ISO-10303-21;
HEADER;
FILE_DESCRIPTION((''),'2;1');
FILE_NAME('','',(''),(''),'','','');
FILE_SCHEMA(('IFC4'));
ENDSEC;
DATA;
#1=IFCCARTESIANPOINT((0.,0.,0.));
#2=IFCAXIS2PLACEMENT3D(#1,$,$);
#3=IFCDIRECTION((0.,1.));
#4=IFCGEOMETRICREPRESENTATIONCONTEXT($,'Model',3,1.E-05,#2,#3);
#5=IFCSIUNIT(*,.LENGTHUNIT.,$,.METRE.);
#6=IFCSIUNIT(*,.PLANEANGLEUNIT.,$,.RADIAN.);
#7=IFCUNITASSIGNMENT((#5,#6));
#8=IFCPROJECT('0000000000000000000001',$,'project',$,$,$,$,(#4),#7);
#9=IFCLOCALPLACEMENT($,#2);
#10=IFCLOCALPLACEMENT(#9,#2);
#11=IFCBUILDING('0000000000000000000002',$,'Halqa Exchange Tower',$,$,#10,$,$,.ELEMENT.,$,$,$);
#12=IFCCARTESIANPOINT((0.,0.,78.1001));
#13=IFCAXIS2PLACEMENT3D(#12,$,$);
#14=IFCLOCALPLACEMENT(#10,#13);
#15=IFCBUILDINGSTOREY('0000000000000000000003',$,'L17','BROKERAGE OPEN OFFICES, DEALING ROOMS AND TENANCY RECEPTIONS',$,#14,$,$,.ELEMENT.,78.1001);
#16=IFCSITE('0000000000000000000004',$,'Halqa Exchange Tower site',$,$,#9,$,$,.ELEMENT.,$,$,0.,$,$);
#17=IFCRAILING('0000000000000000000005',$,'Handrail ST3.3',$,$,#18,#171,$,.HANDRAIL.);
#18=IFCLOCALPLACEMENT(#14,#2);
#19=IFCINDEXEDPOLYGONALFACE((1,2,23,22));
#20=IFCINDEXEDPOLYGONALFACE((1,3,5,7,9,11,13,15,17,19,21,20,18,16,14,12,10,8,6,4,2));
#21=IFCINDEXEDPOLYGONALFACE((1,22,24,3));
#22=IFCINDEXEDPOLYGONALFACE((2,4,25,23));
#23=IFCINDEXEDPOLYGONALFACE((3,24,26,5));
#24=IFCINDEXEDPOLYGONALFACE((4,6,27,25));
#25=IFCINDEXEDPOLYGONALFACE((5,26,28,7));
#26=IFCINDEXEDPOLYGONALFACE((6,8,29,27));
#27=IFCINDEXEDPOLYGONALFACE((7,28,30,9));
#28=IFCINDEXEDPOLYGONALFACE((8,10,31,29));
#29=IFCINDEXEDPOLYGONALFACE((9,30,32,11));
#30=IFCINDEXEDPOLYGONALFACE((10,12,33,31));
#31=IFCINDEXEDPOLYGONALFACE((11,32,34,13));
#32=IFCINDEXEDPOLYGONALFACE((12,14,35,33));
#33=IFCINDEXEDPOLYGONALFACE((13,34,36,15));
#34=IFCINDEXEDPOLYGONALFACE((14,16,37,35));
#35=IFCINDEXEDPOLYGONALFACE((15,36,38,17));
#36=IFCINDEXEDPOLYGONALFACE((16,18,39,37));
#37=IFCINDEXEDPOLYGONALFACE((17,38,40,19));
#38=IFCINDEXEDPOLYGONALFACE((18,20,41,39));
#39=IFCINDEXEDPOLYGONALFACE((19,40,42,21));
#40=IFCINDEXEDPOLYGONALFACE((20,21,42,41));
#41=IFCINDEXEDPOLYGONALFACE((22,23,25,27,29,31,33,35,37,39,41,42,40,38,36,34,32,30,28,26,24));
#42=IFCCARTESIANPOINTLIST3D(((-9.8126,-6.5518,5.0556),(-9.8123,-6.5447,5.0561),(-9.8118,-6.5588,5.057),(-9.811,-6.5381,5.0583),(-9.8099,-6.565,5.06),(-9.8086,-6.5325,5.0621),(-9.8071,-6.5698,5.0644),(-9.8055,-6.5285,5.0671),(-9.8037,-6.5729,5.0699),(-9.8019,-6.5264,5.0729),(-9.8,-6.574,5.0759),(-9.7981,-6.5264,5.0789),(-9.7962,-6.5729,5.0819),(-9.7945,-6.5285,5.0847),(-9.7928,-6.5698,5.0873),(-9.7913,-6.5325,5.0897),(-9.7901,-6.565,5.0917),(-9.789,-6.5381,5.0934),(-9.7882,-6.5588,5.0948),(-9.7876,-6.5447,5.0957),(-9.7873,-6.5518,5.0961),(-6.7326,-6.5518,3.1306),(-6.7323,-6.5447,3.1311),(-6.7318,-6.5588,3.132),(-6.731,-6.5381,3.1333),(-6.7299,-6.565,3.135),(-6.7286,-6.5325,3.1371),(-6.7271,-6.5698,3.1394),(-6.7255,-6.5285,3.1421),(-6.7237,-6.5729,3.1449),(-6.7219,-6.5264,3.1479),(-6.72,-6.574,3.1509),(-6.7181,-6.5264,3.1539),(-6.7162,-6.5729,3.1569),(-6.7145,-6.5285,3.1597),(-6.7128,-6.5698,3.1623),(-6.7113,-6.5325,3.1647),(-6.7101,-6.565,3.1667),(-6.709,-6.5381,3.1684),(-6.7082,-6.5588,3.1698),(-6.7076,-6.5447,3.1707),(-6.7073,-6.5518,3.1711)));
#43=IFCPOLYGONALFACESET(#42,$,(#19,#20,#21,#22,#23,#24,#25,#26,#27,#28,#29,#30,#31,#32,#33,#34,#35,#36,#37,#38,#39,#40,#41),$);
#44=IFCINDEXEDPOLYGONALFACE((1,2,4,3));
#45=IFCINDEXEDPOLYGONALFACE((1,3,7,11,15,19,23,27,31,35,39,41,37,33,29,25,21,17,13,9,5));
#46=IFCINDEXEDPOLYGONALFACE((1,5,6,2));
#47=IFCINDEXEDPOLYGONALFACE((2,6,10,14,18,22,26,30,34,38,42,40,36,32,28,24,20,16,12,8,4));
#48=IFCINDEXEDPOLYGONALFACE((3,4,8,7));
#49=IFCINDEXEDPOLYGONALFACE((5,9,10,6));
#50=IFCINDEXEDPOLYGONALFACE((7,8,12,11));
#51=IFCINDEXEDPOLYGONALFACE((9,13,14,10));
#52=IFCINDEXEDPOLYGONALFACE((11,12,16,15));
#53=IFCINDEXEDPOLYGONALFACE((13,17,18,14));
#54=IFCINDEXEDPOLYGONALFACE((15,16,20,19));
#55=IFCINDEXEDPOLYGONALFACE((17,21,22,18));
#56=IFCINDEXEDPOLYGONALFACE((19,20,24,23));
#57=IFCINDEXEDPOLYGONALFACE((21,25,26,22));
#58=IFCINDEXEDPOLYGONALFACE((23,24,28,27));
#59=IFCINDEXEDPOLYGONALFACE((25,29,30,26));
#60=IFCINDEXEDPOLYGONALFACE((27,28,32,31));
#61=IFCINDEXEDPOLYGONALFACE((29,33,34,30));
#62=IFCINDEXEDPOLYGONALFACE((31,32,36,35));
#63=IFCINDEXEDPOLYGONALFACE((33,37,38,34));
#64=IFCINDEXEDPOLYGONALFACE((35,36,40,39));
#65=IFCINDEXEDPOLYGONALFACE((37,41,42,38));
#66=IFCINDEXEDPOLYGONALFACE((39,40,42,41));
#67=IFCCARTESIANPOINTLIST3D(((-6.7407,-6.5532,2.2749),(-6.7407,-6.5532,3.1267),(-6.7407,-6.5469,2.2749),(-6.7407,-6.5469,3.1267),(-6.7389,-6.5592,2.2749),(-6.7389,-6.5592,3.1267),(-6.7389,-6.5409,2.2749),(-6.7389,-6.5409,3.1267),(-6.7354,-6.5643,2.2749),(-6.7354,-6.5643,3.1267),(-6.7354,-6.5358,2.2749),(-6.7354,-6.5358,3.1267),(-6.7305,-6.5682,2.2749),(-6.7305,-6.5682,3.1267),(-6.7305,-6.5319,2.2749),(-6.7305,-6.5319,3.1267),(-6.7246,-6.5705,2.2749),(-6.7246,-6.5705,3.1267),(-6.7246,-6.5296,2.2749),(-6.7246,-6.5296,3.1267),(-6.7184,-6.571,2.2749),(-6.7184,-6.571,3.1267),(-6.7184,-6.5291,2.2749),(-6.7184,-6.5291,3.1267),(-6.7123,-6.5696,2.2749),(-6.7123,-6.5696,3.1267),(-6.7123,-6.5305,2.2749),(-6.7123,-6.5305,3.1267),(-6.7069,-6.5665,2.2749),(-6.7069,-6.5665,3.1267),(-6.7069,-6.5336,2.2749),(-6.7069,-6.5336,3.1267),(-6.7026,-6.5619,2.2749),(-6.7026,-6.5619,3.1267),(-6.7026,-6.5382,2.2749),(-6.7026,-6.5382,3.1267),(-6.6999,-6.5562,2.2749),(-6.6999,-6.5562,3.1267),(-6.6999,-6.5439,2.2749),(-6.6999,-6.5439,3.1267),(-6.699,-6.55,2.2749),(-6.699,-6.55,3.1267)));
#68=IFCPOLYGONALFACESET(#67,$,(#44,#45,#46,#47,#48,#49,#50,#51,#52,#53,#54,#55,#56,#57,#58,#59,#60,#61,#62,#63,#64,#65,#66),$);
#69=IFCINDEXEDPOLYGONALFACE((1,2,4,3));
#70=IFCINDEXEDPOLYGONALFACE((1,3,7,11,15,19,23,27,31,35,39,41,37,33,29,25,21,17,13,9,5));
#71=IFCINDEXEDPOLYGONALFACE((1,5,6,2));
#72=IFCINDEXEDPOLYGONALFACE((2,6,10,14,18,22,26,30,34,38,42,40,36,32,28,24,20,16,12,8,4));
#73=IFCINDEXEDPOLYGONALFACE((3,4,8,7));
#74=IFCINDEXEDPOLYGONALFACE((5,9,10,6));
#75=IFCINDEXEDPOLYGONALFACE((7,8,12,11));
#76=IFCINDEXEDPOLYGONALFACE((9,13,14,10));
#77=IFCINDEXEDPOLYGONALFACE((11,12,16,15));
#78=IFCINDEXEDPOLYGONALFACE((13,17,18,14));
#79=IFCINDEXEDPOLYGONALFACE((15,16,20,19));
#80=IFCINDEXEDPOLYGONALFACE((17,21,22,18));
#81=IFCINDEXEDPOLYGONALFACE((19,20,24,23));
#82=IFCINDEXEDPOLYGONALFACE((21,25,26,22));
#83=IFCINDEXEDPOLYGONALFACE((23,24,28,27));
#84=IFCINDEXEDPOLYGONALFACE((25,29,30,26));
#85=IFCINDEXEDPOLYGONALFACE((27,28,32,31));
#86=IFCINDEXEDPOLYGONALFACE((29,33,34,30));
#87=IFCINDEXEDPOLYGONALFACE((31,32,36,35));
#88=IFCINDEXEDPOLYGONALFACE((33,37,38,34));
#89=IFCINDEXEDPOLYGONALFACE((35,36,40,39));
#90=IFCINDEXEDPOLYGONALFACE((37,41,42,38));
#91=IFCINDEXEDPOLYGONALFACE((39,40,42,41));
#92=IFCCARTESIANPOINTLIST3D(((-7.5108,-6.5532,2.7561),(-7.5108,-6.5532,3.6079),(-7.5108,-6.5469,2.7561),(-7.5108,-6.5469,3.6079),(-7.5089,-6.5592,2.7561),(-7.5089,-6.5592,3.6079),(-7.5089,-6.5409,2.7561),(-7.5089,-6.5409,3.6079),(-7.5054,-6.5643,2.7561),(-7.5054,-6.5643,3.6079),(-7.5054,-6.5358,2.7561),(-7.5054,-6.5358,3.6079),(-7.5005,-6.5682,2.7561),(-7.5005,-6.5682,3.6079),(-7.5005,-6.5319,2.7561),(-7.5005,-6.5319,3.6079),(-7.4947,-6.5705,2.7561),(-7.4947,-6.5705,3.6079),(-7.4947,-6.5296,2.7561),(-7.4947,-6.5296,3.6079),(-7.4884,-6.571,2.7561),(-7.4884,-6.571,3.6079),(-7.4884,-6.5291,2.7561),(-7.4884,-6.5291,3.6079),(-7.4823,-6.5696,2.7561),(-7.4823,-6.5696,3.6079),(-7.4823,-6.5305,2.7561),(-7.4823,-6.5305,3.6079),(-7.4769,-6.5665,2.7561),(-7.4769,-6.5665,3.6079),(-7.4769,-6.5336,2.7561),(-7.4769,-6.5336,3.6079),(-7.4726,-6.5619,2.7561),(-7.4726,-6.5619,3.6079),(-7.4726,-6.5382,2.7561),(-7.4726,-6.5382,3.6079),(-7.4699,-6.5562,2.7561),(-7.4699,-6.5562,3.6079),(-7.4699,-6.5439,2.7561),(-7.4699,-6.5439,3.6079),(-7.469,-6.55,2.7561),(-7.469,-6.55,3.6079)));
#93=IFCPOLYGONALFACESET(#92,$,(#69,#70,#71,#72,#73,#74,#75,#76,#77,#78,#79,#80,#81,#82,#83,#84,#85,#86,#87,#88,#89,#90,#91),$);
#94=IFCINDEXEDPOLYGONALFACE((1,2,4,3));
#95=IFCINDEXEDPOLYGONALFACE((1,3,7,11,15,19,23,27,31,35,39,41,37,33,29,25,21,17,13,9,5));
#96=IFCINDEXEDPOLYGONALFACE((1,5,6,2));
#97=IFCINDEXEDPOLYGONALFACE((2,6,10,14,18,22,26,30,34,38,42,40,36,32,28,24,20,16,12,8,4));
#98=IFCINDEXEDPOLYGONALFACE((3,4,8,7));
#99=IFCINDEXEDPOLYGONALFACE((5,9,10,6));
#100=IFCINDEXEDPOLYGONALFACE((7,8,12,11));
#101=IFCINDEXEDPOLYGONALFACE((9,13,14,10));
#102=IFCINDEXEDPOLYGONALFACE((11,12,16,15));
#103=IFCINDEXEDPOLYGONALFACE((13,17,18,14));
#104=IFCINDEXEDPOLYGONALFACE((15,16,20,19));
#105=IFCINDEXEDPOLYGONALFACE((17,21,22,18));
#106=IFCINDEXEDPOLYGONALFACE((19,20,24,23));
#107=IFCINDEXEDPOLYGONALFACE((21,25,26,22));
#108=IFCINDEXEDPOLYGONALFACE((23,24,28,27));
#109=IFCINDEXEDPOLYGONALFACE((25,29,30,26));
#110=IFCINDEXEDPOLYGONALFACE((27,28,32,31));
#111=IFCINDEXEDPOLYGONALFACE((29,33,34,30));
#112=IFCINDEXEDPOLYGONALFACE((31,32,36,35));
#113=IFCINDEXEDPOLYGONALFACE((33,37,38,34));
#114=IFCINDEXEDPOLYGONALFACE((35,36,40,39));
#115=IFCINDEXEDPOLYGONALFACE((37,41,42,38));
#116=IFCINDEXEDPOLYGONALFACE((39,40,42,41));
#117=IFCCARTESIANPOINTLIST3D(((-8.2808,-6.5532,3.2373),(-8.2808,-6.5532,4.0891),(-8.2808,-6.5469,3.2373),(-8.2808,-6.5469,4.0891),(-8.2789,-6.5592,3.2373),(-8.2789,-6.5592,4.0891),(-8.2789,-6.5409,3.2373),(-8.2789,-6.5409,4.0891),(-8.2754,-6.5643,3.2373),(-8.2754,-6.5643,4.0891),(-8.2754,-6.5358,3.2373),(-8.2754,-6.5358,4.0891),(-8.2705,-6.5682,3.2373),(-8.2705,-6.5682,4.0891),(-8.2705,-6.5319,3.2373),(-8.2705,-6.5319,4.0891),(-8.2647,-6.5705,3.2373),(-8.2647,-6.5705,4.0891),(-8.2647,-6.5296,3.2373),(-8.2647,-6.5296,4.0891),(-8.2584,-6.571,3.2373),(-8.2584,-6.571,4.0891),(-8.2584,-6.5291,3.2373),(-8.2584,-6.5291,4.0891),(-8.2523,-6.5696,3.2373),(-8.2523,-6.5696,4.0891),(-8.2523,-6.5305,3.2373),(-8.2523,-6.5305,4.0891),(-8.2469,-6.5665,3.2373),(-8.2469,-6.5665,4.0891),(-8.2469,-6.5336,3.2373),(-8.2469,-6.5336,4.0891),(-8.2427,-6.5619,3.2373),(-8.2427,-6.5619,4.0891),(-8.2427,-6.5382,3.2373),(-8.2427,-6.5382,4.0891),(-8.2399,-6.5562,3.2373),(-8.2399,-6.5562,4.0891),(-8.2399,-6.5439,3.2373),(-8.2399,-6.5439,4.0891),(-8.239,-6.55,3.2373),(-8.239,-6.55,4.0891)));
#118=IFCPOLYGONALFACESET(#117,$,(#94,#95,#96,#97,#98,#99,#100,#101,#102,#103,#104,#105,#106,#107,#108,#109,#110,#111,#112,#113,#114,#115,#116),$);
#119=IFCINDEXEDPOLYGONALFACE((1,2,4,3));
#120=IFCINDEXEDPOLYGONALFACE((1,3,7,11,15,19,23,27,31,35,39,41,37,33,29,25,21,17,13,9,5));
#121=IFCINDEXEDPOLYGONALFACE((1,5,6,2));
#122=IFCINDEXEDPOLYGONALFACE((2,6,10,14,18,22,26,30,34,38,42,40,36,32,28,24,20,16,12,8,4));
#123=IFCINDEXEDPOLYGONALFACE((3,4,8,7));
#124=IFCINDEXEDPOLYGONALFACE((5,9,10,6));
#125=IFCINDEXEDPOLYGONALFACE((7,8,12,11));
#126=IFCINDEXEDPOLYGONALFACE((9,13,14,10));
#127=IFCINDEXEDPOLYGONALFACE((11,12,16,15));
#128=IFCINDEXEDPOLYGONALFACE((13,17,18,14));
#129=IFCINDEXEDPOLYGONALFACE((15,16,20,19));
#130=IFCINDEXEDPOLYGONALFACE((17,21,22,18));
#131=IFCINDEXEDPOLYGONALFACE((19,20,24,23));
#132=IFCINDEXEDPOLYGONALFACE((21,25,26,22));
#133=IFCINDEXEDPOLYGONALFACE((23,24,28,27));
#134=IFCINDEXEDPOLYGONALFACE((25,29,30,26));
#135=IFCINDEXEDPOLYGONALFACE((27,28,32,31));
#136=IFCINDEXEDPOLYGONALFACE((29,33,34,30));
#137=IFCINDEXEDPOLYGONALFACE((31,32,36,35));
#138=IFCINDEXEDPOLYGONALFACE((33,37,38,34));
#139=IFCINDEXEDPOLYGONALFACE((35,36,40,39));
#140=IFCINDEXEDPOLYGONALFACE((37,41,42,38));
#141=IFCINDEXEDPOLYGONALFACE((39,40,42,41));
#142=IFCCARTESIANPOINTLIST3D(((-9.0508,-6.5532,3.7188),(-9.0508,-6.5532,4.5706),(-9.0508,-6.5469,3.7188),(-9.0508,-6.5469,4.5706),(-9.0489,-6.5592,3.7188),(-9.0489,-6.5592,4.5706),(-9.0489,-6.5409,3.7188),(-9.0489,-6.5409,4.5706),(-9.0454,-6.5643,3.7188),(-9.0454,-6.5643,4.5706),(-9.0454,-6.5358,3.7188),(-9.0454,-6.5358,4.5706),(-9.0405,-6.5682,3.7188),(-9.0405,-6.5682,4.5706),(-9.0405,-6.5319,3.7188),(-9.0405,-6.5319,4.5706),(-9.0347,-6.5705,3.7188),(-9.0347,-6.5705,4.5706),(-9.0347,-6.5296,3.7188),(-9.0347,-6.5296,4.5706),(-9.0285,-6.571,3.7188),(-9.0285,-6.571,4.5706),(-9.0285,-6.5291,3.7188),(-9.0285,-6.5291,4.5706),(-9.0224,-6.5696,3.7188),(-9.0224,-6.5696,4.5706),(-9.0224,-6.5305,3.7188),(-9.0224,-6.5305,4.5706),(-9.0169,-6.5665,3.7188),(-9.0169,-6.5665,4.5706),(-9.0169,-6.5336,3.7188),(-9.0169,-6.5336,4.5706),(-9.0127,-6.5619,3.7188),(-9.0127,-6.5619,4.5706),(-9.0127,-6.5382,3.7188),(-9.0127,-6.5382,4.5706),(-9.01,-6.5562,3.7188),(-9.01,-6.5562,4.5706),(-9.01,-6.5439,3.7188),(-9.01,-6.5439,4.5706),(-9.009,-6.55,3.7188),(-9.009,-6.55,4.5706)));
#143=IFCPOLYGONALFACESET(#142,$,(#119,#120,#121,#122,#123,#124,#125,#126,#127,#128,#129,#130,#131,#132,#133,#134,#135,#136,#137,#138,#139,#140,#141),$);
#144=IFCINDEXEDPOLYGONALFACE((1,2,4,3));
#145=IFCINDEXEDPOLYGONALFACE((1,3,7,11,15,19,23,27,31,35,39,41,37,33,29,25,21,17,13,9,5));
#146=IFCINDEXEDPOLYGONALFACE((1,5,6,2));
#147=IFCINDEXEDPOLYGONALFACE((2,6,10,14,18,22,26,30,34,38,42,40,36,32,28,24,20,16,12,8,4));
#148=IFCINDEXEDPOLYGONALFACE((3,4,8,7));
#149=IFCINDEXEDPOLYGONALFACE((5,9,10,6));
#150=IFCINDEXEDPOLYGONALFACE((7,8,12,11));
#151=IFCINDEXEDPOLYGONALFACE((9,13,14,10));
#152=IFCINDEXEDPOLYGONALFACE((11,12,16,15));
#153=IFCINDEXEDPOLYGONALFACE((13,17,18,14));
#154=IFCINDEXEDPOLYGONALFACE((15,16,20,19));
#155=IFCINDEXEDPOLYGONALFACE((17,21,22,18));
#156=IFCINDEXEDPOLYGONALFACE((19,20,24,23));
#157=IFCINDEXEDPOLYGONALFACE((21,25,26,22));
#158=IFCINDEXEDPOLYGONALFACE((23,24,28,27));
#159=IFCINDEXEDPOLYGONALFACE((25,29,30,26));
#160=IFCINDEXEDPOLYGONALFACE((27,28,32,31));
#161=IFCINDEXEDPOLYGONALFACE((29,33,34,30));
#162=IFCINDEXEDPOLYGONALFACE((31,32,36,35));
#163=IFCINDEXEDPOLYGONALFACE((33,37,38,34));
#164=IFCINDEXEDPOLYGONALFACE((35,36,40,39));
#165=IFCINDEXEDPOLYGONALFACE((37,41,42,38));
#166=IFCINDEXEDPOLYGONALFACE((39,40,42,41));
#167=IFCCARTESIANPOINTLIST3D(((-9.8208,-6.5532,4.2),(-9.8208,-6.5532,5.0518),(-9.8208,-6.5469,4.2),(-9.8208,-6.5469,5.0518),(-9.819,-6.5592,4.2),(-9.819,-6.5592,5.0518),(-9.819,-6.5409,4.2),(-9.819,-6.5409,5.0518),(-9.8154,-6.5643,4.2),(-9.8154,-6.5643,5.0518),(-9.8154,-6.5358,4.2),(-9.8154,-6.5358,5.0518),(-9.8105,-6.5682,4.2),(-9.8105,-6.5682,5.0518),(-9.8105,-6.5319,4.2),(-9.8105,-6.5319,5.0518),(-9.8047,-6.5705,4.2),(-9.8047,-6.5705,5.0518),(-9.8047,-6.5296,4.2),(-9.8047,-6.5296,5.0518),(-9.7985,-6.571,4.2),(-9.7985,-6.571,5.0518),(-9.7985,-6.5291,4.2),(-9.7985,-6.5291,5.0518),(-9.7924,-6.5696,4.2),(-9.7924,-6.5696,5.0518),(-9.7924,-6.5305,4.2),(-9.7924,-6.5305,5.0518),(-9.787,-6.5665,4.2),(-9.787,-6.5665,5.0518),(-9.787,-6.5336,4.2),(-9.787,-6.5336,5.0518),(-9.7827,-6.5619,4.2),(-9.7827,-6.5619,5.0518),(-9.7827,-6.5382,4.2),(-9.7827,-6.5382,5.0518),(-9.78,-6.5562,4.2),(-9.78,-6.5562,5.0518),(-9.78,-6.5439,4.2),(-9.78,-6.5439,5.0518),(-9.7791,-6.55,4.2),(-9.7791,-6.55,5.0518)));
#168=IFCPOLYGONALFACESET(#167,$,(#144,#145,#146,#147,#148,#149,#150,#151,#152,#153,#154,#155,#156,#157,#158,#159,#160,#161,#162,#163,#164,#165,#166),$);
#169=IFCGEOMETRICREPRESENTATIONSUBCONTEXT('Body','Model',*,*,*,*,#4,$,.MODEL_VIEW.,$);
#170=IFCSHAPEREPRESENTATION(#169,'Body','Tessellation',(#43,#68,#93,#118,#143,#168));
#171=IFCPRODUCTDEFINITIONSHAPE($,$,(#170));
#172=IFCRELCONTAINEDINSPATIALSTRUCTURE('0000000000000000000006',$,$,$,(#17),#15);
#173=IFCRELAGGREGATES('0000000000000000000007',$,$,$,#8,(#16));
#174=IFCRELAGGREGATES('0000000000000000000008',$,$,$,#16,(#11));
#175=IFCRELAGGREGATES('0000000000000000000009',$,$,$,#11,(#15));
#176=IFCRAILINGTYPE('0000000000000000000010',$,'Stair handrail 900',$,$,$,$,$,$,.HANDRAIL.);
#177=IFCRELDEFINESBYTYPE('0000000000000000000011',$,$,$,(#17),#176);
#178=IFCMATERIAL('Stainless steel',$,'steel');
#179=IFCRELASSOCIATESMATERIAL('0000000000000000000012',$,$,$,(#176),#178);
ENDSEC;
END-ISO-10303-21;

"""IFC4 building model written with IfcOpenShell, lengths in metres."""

from ifc_helpers import new_model, si_unit, direction, frame, origin, origin_2d, place, context, subcontext, project, spatial, circle, extrude, material, type_object, element, save


model = new_model("IFC4")

# Units and contexts
model_context = context("Model", 3, precision=1e-05, world=origin(), true_north=direction((0.0, 1.0)))
body_context = subcontext(model_context, "Body", "Model", "MODEL_VIEW")
ifc_project = project(units=[si_unit("LENGTHUNIT", "METRE"), si_unit("PLANEANGLEUNIT", "RADIAN")], contexts=[model_context])

# Site, building, storey
site_placement = place(None, origin())
site = spatial("IfcSite", under=ifc_project, at=site_placement, Name="Halqa Exchange Tower site", CompositionType="ELEMENT", RefElevation=0.0)
building_placement = place(site_placement, origin())
building = spatial("IfcBuilding", under=site, at=building_placement, Name="Halqa Exchange Tower", CompositionType="ELEMENT")
storey_placement = place(building_placement, frame((0.0, 0.0, 78.1001)))
storey = spatial("IfcBuildingStorey", under=building, at=storey_placement, Name="L17", Description="BROKERAGE OPEN OFFICES, DEALING ROOMS AND TENANCY RECEPTIONS", CompositionType="ELEMENT", Elevation=78.1001)

# Shared definitions
ifc_material_1 = material(Name="Stainless steel", Category="steel")

# Railing
railing_type_1 = type_object("IfcRailingType", Name="Stair handrail 900", PredefinedType="HANDRAIL", material=ifc_material_1)
railing_1_placement = place(storey_placement, frame((-6.72, -6.55, 2.2749)))
element("IfcRailing", 1, at=railing_1_placement, inside=storey, type_object=railing_type_1, Name="Handrail ST3.3", PredefinedType="HANDRAIL", context=body_context, shape_type="SweptSolid", body=[
    extrude(circle(Radius=0.0239, at=origin_2d()), frame((0.0, 0.0, 0.876), z_axis=(-0.847998, 0.0, 0.529999), x_axis=(0.0, -1.0, 0.0)), (0.0, 0.0, 1.0), 3.6321),
    extrude(circle(Radius=0.021, at=origin_2d()), origin(), (0.0, 0.0, 1.0), 0.8518),
    extrude(circle(Radius=0.021, at=origin_2d()), frame((-0.77, 0.0, 0.4812)), (0.0, 0.0, 1.0), 0.8518),
    extrude(circle(Radius=0.021, at=origin_2d()), frame((-1.54, 0.0, 0.9624)), (0.0, 0.0, 1.0), 0.8518),
    extrude(circle(Radius=0.021, at=origin_2d()), frame((-2.3101, 0.0, 1.4438)), (0.0, 0.0, 1.0), 0.8518),
    extrude(circle(Radius=0.021, at=origin_2d()), frame((-3.0801, 0.0, 1.925)), (0.0, 0.0, 1.0), 0.8518),
])

save(model, "model.ifc")
